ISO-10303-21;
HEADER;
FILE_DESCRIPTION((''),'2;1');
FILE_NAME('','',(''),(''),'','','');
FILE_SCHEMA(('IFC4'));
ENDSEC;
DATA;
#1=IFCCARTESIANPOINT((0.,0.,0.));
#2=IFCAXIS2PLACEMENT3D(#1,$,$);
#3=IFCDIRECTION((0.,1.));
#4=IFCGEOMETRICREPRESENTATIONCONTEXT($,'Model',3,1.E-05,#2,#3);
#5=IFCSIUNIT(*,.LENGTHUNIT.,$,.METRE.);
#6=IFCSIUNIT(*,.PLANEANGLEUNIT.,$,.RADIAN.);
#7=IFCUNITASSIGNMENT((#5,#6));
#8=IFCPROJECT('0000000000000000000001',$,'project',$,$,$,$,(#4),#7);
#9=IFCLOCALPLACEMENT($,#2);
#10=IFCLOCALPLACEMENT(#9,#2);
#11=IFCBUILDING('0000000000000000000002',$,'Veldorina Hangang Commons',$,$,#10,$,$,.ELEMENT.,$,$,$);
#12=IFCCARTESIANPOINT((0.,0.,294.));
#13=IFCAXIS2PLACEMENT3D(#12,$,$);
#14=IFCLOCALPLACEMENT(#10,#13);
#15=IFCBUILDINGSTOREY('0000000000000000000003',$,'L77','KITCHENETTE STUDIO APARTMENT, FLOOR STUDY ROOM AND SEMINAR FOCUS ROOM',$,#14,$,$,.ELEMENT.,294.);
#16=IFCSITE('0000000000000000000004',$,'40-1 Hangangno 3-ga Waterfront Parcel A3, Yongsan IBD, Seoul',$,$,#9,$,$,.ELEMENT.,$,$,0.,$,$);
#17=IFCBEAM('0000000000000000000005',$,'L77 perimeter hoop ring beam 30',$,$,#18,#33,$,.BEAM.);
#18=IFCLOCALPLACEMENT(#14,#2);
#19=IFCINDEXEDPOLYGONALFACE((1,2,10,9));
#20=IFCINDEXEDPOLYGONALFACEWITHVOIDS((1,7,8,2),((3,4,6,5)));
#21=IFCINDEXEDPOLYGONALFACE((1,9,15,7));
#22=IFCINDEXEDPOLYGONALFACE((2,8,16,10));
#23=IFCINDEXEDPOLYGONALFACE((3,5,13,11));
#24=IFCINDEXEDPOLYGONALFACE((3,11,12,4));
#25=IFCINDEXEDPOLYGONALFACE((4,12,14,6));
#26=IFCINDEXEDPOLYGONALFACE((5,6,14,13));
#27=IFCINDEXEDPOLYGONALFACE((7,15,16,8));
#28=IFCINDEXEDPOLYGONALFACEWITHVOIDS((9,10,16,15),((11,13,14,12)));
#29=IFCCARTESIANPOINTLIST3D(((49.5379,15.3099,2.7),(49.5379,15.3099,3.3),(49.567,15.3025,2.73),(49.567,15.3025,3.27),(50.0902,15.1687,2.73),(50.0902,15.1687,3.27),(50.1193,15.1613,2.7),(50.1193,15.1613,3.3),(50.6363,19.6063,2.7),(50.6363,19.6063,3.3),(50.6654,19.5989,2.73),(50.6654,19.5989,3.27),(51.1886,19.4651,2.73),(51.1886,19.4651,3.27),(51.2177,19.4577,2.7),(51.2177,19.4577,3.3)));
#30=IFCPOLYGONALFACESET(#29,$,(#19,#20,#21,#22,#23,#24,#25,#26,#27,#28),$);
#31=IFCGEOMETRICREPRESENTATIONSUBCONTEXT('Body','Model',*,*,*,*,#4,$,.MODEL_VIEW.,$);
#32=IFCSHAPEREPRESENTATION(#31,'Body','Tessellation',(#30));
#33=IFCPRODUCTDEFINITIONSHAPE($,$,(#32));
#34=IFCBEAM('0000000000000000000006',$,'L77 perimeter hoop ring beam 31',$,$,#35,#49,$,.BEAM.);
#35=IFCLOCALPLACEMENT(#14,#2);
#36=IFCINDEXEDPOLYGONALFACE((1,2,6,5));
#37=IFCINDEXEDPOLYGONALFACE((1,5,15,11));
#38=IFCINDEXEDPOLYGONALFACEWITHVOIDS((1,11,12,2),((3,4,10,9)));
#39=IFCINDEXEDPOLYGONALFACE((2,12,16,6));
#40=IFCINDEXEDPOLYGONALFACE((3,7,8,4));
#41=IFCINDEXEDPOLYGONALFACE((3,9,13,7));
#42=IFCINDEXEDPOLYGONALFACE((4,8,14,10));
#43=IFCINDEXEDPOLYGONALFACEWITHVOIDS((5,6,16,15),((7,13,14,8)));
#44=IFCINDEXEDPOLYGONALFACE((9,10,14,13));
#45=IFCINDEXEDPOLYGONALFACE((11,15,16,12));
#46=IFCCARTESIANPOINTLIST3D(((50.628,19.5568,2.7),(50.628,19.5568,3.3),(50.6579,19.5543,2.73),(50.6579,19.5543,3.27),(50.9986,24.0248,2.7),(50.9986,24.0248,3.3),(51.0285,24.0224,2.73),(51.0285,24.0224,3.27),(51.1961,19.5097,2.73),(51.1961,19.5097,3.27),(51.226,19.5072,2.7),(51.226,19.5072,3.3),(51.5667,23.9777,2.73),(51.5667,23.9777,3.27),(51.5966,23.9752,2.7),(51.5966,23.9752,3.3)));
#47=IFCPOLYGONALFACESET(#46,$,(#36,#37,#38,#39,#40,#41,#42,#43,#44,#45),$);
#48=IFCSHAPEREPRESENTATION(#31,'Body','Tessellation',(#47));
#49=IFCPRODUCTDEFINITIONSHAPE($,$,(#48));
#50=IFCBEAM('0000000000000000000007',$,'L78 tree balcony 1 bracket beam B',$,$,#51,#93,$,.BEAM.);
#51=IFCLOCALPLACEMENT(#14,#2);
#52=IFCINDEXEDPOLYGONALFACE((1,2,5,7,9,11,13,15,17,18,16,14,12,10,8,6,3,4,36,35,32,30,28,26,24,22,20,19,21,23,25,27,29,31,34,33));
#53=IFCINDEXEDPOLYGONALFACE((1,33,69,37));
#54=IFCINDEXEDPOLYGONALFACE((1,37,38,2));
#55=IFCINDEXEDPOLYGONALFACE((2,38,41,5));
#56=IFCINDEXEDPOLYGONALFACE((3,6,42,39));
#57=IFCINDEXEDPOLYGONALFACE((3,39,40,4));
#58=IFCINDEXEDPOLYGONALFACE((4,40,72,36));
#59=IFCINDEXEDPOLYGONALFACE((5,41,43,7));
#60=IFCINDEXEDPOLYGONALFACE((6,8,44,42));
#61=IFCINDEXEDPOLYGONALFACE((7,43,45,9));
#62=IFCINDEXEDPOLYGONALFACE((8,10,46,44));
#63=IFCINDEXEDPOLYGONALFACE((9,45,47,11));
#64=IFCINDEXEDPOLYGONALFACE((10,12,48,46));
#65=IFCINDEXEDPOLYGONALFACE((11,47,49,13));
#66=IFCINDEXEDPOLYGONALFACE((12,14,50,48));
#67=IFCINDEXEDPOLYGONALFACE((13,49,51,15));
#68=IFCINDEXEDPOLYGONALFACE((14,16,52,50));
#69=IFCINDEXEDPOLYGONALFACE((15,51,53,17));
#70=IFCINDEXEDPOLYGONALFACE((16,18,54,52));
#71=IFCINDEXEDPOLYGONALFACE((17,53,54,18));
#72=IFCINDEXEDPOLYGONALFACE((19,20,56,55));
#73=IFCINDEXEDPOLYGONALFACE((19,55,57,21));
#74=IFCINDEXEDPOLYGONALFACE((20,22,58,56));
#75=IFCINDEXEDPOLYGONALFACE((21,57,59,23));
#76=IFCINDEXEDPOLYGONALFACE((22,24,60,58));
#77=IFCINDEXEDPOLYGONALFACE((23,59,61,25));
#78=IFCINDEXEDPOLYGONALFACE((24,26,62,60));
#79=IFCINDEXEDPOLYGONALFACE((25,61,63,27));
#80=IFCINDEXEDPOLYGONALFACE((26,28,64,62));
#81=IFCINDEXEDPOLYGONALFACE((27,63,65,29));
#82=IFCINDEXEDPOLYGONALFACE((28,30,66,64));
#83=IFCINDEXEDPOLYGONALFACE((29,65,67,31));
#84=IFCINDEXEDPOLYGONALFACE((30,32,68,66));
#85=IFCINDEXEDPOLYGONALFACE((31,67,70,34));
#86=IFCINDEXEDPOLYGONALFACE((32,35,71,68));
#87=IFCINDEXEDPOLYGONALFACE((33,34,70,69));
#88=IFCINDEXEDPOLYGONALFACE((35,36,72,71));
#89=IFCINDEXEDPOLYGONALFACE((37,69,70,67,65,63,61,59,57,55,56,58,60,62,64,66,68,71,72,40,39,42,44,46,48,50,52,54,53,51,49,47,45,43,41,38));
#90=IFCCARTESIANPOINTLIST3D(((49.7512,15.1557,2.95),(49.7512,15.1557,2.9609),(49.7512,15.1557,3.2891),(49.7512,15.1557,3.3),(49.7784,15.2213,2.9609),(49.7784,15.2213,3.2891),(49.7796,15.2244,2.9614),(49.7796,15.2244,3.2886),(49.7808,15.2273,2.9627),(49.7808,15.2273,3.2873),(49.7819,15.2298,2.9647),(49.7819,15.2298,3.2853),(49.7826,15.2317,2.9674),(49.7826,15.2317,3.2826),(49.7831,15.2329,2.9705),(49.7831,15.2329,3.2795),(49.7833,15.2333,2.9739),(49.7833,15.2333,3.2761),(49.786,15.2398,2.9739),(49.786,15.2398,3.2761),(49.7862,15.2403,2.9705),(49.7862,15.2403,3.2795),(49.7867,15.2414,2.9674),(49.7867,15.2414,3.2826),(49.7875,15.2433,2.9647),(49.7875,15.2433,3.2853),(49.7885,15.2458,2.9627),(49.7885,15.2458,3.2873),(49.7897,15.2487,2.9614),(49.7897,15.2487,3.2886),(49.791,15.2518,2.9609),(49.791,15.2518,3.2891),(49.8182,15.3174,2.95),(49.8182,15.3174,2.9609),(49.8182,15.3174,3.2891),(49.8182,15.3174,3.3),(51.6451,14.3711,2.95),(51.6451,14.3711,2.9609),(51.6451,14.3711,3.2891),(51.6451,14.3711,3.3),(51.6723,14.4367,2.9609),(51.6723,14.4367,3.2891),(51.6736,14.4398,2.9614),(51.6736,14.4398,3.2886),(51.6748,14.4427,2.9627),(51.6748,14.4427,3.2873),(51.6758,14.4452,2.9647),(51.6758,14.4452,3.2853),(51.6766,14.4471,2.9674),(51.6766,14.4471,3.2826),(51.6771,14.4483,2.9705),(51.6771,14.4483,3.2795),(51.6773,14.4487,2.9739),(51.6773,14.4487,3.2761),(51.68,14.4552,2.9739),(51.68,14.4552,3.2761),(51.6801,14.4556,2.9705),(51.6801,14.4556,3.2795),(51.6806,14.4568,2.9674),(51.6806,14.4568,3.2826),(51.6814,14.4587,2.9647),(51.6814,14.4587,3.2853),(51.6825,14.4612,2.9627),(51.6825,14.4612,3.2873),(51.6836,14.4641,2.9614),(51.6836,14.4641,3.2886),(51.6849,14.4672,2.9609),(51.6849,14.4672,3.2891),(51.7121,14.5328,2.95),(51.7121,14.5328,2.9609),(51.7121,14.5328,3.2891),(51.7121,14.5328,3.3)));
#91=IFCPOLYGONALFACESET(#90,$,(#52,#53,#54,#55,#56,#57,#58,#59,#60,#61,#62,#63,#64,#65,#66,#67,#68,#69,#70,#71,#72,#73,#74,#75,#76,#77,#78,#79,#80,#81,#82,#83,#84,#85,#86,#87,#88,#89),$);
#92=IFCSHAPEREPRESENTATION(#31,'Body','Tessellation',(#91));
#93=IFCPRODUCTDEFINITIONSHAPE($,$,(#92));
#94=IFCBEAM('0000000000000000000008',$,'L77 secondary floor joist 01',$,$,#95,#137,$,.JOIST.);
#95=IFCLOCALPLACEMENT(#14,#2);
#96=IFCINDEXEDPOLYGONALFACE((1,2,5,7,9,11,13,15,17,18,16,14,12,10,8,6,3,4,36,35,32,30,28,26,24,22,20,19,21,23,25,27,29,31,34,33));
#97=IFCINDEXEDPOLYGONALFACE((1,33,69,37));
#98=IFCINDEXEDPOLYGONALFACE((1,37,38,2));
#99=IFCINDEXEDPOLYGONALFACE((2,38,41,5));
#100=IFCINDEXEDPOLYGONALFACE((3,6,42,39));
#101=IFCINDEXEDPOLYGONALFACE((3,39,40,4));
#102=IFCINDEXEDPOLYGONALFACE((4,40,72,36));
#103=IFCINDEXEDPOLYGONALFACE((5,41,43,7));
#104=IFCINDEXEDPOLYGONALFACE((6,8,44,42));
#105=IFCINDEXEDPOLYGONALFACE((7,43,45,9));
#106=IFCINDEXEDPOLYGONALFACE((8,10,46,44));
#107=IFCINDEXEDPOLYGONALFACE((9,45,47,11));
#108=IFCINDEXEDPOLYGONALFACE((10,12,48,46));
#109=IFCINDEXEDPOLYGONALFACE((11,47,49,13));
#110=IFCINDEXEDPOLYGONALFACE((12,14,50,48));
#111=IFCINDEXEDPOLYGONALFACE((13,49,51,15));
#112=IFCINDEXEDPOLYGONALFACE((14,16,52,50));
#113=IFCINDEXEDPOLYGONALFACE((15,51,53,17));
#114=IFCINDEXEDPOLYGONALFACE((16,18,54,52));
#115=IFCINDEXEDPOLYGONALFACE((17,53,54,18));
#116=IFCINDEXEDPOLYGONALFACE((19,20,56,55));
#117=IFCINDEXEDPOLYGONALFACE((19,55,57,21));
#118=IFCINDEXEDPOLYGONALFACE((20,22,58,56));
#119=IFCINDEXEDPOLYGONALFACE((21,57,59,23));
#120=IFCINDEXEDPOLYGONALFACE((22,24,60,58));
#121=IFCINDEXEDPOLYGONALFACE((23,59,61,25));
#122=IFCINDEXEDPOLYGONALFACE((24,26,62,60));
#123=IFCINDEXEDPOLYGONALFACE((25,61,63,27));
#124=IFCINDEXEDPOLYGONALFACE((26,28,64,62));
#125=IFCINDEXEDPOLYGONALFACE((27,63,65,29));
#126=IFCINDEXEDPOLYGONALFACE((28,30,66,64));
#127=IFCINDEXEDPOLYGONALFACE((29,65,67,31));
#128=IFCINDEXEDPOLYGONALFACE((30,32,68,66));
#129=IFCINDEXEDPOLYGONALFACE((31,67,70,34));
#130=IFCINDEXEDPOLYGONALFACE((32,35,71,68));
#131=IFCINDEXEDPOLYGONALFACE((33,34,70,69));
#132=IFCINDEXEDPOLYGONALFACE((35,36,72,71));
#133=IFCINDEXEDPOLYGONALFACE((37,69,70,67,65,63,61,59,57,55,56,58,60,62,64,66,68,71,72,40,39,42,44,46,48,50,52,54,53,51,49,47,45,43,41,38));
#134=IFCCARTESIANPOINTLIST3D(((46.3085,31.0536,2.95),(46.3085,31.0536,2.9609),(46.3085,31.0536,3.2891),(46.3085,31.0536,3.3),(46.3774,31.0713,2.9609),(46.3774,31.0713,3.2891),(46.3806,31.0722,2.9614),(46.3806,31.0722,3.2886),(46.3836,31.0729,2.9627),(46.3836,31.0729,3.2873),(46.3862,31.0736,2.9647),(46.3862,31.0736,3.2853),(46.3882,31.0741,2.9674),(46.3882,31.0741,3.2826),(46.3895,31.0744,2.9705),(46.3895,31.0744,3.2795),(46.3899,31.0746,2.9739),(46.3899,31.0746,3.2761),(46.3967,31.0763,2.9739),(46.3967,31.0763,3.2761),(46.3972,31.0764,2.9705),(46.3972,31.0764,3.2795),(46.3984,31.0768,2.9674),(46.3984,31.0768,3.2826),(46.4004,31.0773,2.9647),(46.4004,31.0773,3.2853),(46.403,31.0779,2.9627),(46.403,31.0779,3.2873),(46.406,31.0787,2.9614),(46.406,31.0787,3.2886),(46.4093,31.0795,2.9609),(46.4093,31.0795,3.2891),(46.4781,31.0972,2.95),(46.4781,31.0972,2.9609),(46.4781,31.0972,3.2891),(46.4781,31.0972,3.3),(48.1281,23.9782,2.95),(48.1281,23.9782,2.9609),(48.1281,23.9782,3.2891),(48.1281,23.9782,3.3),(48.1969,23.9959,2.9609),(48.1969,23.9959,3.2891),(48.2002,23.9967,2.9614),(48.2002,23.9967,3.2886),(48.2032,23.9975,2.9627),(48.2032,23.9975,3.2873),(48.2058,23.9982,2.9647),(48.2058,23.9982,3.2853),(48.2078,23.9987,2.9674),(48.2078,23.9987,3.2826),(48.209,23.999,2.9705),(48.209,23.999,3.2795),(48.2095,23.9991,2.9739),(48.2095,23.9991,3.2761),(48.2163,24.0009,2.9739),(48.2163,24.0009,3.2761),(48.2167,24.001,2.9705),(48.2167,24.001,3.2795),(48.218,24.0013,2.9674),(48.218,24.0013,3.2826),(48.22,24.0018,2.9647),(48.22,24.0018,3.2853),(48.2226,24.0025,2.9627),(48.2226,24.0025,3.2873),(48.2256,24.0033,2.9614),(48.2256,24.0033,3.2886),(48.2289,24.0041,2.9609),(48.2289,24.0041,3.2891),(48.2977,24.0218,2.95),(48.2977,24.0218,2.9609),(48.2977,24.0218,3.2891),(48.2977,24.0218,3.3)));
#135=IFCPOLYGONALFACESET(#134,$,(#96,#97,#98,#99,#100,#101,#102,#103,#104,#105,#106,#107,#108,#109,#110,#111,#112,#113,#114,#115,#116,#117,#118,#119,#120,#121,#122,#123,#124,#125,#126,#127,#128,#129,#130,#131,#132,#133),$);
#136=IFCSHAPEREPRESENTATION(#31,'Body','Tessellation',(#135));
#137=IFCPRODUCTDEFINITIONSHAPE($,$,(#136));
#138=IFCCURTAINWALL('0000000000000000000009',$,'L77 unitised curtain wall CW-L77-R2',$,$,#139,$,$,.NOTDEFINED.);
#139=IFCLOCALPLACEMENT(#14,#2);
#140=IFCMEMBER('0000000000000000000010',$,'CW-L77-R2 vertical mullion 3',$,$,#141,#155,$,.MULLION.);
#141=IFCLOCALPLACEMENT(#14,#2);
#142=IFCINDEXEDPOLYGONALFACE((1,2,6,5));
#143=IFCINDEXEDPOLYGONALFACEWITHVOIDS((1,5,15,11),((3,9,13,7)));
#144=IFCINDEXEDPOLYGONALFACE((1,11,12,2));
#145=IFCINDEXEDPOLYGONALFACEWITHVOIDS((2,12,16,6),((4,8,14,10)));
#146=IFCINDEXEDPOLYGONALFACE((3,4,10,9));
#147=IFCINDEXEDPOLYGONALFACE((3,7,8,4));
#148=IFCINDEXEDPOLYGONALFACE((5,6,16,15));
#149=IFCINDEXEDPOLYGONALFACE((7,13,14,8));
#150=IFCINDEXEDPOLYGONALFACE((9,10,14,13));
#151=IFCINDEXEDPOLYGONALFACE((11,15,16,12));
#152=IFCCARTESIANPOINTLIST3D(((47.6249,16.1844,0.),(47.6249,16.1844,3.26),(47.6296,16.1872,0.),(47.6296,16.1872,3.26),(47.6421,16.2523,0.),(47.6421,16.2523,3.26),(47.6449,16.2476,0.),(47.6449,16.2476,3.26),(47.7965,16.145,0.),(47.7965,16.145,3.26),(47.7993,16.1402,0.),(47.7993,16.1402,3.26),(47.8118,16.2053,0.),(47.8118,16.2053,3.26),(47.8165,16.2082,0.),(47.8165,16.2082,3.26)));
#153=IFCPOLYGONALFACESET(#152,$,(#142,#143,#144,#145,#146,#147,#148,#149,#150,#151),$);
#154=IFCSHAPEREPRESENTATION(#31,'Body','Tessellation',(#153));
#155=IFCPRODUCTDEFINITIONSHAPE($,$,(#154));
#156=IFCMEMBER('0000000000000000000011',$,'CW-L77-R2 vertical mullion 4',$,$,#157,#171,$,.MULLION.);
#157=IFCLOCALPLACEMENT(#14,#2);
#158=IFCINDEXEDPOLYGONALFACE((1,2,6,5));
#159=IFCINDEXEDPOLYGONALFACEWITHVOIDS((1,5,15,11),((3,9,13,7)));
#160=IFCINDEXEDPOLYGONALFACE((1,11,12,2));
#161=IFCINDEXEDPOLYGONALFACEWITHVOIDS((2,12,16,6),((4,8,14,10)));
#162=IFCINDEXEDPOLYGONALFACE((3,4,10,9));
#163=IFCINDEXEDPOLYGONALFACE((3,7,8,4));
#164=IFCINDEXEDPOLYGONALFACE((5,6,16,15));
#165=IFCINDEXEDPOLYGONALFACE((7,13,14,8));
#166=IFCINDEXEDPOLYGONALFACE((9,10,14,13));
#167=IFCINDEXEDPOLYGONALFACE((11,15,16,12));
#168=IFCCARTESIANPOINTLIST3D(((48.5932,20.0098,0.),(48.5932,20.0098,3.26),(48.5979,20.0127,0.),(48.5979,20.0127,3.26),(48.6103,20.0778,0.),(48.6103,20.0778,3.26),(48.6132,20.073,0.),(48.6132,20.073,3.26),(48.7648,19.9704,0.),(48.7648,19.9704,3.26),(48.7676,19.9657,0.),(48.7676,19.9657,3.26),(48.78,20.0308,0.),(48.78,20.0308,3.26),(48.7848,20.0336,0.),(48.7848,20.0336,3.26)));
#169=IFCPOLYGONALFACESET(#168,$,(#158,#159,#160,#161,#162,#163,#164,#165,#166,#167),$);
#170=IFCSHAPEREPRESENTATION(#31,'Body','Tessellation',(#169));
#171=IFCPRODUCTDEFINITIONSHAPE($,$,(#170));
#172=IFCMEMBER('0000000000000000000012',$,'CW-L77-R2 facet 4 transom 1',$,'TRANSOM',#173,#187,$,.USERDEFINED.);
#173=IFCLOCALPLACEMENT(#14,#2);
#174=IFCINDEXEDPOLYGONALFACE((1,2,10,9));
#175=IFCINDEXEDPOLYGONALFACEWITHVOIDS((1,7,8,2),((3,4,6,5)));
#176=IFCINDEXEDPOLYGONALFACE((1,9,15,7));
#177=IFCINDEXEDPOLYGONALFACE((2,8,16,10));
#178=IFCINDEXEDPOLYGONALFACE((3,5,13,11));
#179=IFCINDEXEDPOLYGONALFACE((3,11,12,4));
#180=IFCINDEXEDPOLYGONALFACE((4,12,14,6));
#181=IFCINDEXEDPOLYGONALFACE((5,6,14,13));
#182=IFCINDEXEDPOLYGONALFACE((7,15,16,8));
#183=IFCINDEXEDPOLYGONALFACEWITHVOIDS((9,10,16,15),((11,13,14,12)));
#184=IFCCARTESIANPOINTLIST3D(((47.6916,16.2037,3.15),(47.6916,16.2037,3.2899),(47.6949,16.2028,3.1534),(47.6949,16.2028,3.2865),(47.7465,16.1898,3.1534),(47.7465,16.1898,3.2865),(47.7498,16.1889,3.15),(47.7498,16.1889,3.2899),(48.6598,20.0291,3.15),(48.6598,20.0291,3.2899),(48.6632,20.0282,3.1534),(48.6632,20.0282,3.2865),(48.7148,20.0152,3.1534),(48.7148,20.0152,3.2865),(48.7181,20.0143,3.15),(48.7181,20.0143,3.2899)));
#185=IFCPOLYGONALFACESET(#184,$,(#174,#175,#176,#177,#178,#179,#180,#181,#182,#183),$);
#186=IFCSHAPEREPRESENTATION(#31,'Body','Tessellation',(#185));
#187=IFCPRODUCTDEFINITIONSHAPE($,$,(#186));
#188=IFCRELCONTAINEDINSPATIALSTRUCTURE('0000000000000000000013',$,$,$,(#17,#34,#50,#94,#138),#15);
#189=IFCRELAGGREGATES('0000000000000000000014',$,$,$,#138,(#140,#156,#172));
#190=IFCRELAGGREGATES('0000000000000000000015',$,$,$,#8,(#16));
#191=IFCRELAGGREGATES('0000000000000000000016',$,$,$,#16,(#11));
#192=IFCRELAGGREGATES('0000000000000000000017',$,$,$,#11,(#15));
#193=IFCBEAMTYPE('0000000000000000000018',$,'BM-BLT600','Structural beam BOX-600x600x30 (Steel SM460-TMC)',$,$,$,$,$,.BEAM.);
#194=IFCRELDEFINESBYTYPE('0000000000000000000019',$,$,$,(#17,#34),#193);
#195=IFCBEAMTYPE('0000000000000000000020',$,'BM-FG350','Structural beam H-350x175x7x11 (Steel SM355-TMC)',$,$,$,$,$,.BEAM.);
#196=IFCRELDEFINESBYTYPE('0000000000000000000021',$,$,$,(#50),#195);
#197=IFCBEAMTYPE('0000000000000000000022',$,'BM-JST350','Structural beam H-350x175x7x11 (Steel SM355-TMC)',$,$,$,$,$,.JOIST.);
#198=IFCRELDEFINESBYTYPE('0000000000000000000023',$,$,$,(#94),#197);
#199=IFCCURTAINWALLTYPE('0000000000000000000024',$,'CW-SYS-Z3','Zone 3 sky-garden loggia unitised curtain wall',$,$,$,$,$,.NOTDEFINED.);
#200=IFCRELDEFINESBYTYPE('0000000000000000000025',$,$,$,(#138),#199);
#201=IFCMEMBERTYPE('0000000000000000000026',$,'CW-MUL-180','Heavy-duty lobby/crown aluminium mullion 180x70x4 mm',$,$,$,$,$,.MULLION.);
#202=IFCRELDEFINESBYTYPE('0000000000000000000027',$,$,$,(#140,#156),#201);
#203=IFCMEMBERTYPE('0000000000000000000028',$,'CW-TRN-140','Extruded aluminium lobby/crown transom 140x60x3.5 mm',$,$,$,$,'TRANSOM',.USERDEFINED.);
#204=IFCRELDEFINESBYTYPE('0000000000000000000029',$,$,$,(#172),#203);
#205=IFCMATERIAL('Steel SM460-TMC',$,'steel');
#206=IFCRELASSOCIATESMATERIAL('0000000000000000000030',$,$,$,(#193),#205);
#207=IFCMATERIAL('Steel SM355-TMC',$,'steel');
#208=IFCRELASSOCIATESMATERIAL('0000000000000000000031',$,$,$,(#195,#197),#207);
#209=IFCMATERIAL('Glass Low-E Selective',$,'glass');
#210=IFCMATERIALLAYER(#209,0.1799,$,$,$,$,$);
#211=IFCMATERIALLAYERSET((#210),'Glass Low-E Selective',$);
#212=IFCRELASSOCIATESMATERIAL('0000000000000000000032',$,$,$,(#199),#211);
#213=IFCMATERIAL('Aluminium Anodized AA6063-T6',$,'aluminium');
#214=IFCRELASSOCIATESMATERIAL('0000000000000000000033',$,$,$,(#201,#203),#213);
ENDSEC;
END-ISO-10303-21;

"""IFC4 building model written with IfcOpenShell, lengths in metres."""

from ifc_helpers import new_model, si_unit, direction, frame, origin, origin_2d, place, context, subcontext, project, spatial, hollow_rectangle, i_section, extrude, material, layer, layer_set, material_profile, profile_set, type_object, element, aggregate, save


model = new_model("IFC4")

# Units and contexts
model_context = context("Model", 3, precision=1e-05, world=origin(), true_north=direction((0.0, 1.0)))
body_context = subcontext(model_context, "Body", "Model", "MODEL_VIEW")
ifc_project = project(units=[si_unit("LENGTHUNIT", "METRE"), si_unit("PLANEANGLEUNIT", "RADIAN")], contexts=[model_context])

# Site, building, storey
site_placement = place(None, origin())
site = spatial("IfcSite", under=ifc_project, at=site_placement, Name="40-1 Hangangno 3-ga Waterfront Parcel A3, Yongsan IBD, Seoul", CompositionType="ELEMENT", RefElevation=0.0)
building_placement = place(site_placement, origin())
building = spatial("IfcBuilding", under=site, at=building_placement, Name="Veldorina Hangang Commons", CompositionType="ELEMENT")
storey_placement = place(building_placement, frame((0.0, 0.0, 294.0)))
storey = spatial("IfcBuildingStorey", under=building, at=storey_placement, Name="L77", Description="KITCHENETTE STUDIO APARTMENT, FLOOR STUDY ROOM AND SEMINAR FOCUS ROOM", CompositionType="ELEMENT", Elevation=294.0)

# Beams
ifc_material_1 = material(Name="Steel SM460-TMC", Category="steel")
ifc_material_profile_1 = material_profile(ifc_material_1, hollow_rectangle(XDim=0.6001, YDim=0.6001, WallThickness=0.03, at=origin_2d()), Name="BOX-600x600x30")
ifc_profile_set_1 = profile_set([ifc_material_profile_1], Name="Steel SM460-TMC")
beam_type_1 = type_object("IfcBeamType", Name="BM-BLT600", Description="Structural beam BOX-600x600x30 (Steel SM460-TMC)", PredefinedType="BEAM", material=ifc_profile_set_1)
beam_1_placement = place(storey_placement, frame((49.8286, 15.2356, 3.0), z_axis=(0.247688, 0.96884, 0.0), x_axis=(-0.96884, 0.247688, 0.0)))
element("IfcBeam", 1, at=beam_1_placement, inside=storey, type_object=beam_type_1, Name="L77 perimeter hoop ring beam 30", PredefinedType="BEAM", context=body_context, shape_type="SweptSolid", body=[
    extrude(hollow_rectangle(XDim=0.6001, YDim=0.6001, WallThickness=0.03, at=origin_2d()), origin(), (0.0, 0.0, 1.0), 4.4346),
])
beam_2_placement = place(storey_placement, frame((50.927, 19.532, 3.0), z_axis=(0.082662, 0.996578, 0.0), x_axis=(-0.996578, 0.082662, 0.0)))
element("IfcBeam", 2, at=beam_2_placement, inside=storey, type_object=beam_type_1, Name="L77 perimeter hoop ring beam 31", PredefinedType="BEAM", context=body_context, shape_type="SweptSolid", body=[
    extrude(hollow_rectangle(XDim=0.6001, YDim=0.6001, WallThickness=0.03, at=origin_2d()), origin(), (0.0, 0.0, 1.0), 4.4834),
])
ifc_material_2 = material(Name="Steel SM355-TMC", Category="steel")
ifc_material_profile_2 = material_profile(ifc_material_2, i_section(OverallWidth=0.175, OverallDepth=0.3501, WebThickness=0.0071, FlangeThickness=0.011, FilletRadius=0.0129, at=origin_2d()), Name="H-350x175x7x11")
ifc_profile_set_2 = profile_set([ifc_material_profile_2], Name="Steel SM355-TMC")
beam_type_2 = type_object("IfcBeamType", Name="BM-FG350", Description="Structural beam H-350x175x7x11 (Steel SM355-TMC)", PredefinedType="BEAM", material=ifc_profile_set_2)
beam_3_placement = place(storey_placement, frame((49.7847, 15.2366, 3.125), z_axis=(0.923857, -0.382737, 0.0), x_axis=(0.382737, 0.923857, 0.0)))
element("IfcBeam", 3, at=beam_3_placement, inside=storey, type_object=beam_type_2, Name="L78 tree balcony 1 bracket beam B", PredefinedType="BEAM", context=body_context, shape_type="SweptSolid", body=[
    extrude(i_section(OverallWidth=0.175, OverallDepth=0.3501, WebThickness=0.0071, FlangeThickness=0.011, FilletRadius=0.0129, at=origin_2d()), origin(), (0.0, 0.0, 1.0), 2.05),
])
ifc_material_profile_3 = material_profile(ifc_material_2, i_section(OverallWidth=0.175, OverallDepth=0.3501, WebThickness=0.0071, FlangeThickness=0.011, FilletRadius=0.0129, at=origin_2d()), Name="H-350x175x7x11")
ifc_profile_set_3 = profile_set([ifc_material_profile_3], Name="Steel SM355-TMC")
beam_type_3 = type_object("IfcBeamType", Name="BM-JST350", Description="Structural beam H-350x175x7x11 (Steel SM355-TMC)", PredefinedType="JOIST", material=ifc_profile_set_3)
beam_4_placement = place(storey_placement, frame((48.2129, 24.0, 3.125), z_axis=(-0.249064, 0.968487, 0.0), x_axis=(-0.968487, -0.249064, 0.0)))
element("IfcBeam", 4, at=beam_4_placement, inside=storey, type_object=beam_type_3, Name="L77 secondary floor joist 01", PredefinedType="JOIST", context=body_context, shape_type="SweptSolid", body=[
    extrude(i_section(OverallWidth=0.175, OverallDepth=0.3501, WebThickness=0.0071, FlangeThickness=0.011, FilletRadius=0.0129, at=origin_2d()), origin(), (0.0, 0.0, 1.0), 7.3057),
])

# Curtain wall, members
ifc_material_3 = material(Name="Glass Low-E Selective", Category="glass")
ifc_layer_1 = layer(ifc_material_3, 0.1799)
ifc_layer_set_1 = layer_set([ifc_layer_1], Name="Glass Low-E Selective")
curtain_wall_type = type_object("IfcCurtainWallType", Name="CW-SYS-Z3", Description="Zone 3 sky-garden loggia unitised curtain wall", PredefinedType="NOTDEFINED", material=ifc_layer_set_1)
curtain_wall_placement = place(storey_placement, origin())
curtain_wall = element("IfcCurtainWall", 5, at=curtain_wall_placement, inside=storey, type_object=curtain_wall_type, Name="L77 unitised curtain wall CW-L77-R2", PredefinedType="NOTDEFINED")
ifc_material_4 = material(Name="Aluminium Anodized AA6063-T6", Category="aluminium")
ifc_material_profile_4 = material_profile(ifc_material_4, hollow_rectangle(XDim=0.0701, YDim=0.1799, WallThickness=0.0039, at=origin_2d()), Name="ALU-RHS-180x70x4")
ifc_profile_set_4 = profile_set([ifc_material_profile_4], Name="Aluminium Anodized AA6063-T6")
member_type_1 = type_object("IfcMemberType", Name="CW-MUL-180", Description="Heavy-duty lobby/crown aluminium mullion 180x70x4 mm", PredefinedType="MULLION", material=ifc_profile_set_4)
member_1_placement = place(storey_placement, frame((47.7207, 16.1963, 0.0), z_axis=(0.0, 0.0, 1.0), x_axis=(0.245392, 0.969424, 0.0)))
member_1 = element("IfcMember", 6, at=member_1_placement, type_object=member_type_1, Name="CW-L77-R2 vertical mullion 3", PredefinedType="MULLION", context=body_context, shape_type="SweptSolid", body=[
    extrude(hollow_rectangle(XDim=0.0701, YDim=0.1799, WallThickness=0.0039, at=origin_2d()), origin(), (0.0, 0.0, 1.0), 3.26),
])
member_2_placement = place(storey_placement, frame((48.689, 20.0217, 0.0), z_axis=(0.0, 0.0, 1.0), x_axis=(-0.245392, -0.969424, 0.0)))
member_2 = element("IfcMember", 7, at=member_2_placement, type_object=member_type_1, Name="CW-L77-R2 vertical mullion 4", PredefinedType="MULLION", context=body_context, shape_type="SweptSolid", body=[
    extrude(hollow_rectangle(XDim=0.0701, YDim=0.1799, WallThickness=0.0039, at=origin_2d()), origin(), (0.0, 0.0, 1.0), 3.26),
])
ifc_material_profile_5 = material_profile(ifc_material_4, hollow_rectangle(XDim=0.0601, YDim=0.1399, WallThickness=0.0034, at=origin_2d()), Name="ALU-RHS-140x60x3.5")
ifc_profile_set_5 = profile_set([ifc_material_profile_5], Name="Aluminium Anodized AA6063-T6")
member_type_2 = type_object("IfcMemberType", Name="CW-TRN-140", Description="Extruded aluminium lobby/crown transom 140x60x3.5 mm", ElementType="TRANSOM", PredefinedType="USERDEFINED", material=ifc_profile_set_5)
member_3_placement = place(storey_placement, frame((47.7207, 16.1963, 3.22), z_axis=(0.245373, 0.969429, 0.0), x_axis=(-0.969429, 0.245373, 0.0)))
member_3 = element("IfcMember", 8, at=member_3_placement, type_object=member_type_2, Name="CW-L77-R2 facet 4 transom 1", ObjectType="TRANSOM", PredefinedType="USERDEFINED", context=body_context, shape_type="SweptSolid", body=[
    extrude(hollow_rectangle(XDim=0.0601, YDim=0.1399, WallThickness=0.0034, at=origin_2d()), origin(), (0.0, 0.0, 1.0), 3.946),
])

aggregate(curtain_wall, [member_1, member_2, member_3])

save(model, "model.ifc")
